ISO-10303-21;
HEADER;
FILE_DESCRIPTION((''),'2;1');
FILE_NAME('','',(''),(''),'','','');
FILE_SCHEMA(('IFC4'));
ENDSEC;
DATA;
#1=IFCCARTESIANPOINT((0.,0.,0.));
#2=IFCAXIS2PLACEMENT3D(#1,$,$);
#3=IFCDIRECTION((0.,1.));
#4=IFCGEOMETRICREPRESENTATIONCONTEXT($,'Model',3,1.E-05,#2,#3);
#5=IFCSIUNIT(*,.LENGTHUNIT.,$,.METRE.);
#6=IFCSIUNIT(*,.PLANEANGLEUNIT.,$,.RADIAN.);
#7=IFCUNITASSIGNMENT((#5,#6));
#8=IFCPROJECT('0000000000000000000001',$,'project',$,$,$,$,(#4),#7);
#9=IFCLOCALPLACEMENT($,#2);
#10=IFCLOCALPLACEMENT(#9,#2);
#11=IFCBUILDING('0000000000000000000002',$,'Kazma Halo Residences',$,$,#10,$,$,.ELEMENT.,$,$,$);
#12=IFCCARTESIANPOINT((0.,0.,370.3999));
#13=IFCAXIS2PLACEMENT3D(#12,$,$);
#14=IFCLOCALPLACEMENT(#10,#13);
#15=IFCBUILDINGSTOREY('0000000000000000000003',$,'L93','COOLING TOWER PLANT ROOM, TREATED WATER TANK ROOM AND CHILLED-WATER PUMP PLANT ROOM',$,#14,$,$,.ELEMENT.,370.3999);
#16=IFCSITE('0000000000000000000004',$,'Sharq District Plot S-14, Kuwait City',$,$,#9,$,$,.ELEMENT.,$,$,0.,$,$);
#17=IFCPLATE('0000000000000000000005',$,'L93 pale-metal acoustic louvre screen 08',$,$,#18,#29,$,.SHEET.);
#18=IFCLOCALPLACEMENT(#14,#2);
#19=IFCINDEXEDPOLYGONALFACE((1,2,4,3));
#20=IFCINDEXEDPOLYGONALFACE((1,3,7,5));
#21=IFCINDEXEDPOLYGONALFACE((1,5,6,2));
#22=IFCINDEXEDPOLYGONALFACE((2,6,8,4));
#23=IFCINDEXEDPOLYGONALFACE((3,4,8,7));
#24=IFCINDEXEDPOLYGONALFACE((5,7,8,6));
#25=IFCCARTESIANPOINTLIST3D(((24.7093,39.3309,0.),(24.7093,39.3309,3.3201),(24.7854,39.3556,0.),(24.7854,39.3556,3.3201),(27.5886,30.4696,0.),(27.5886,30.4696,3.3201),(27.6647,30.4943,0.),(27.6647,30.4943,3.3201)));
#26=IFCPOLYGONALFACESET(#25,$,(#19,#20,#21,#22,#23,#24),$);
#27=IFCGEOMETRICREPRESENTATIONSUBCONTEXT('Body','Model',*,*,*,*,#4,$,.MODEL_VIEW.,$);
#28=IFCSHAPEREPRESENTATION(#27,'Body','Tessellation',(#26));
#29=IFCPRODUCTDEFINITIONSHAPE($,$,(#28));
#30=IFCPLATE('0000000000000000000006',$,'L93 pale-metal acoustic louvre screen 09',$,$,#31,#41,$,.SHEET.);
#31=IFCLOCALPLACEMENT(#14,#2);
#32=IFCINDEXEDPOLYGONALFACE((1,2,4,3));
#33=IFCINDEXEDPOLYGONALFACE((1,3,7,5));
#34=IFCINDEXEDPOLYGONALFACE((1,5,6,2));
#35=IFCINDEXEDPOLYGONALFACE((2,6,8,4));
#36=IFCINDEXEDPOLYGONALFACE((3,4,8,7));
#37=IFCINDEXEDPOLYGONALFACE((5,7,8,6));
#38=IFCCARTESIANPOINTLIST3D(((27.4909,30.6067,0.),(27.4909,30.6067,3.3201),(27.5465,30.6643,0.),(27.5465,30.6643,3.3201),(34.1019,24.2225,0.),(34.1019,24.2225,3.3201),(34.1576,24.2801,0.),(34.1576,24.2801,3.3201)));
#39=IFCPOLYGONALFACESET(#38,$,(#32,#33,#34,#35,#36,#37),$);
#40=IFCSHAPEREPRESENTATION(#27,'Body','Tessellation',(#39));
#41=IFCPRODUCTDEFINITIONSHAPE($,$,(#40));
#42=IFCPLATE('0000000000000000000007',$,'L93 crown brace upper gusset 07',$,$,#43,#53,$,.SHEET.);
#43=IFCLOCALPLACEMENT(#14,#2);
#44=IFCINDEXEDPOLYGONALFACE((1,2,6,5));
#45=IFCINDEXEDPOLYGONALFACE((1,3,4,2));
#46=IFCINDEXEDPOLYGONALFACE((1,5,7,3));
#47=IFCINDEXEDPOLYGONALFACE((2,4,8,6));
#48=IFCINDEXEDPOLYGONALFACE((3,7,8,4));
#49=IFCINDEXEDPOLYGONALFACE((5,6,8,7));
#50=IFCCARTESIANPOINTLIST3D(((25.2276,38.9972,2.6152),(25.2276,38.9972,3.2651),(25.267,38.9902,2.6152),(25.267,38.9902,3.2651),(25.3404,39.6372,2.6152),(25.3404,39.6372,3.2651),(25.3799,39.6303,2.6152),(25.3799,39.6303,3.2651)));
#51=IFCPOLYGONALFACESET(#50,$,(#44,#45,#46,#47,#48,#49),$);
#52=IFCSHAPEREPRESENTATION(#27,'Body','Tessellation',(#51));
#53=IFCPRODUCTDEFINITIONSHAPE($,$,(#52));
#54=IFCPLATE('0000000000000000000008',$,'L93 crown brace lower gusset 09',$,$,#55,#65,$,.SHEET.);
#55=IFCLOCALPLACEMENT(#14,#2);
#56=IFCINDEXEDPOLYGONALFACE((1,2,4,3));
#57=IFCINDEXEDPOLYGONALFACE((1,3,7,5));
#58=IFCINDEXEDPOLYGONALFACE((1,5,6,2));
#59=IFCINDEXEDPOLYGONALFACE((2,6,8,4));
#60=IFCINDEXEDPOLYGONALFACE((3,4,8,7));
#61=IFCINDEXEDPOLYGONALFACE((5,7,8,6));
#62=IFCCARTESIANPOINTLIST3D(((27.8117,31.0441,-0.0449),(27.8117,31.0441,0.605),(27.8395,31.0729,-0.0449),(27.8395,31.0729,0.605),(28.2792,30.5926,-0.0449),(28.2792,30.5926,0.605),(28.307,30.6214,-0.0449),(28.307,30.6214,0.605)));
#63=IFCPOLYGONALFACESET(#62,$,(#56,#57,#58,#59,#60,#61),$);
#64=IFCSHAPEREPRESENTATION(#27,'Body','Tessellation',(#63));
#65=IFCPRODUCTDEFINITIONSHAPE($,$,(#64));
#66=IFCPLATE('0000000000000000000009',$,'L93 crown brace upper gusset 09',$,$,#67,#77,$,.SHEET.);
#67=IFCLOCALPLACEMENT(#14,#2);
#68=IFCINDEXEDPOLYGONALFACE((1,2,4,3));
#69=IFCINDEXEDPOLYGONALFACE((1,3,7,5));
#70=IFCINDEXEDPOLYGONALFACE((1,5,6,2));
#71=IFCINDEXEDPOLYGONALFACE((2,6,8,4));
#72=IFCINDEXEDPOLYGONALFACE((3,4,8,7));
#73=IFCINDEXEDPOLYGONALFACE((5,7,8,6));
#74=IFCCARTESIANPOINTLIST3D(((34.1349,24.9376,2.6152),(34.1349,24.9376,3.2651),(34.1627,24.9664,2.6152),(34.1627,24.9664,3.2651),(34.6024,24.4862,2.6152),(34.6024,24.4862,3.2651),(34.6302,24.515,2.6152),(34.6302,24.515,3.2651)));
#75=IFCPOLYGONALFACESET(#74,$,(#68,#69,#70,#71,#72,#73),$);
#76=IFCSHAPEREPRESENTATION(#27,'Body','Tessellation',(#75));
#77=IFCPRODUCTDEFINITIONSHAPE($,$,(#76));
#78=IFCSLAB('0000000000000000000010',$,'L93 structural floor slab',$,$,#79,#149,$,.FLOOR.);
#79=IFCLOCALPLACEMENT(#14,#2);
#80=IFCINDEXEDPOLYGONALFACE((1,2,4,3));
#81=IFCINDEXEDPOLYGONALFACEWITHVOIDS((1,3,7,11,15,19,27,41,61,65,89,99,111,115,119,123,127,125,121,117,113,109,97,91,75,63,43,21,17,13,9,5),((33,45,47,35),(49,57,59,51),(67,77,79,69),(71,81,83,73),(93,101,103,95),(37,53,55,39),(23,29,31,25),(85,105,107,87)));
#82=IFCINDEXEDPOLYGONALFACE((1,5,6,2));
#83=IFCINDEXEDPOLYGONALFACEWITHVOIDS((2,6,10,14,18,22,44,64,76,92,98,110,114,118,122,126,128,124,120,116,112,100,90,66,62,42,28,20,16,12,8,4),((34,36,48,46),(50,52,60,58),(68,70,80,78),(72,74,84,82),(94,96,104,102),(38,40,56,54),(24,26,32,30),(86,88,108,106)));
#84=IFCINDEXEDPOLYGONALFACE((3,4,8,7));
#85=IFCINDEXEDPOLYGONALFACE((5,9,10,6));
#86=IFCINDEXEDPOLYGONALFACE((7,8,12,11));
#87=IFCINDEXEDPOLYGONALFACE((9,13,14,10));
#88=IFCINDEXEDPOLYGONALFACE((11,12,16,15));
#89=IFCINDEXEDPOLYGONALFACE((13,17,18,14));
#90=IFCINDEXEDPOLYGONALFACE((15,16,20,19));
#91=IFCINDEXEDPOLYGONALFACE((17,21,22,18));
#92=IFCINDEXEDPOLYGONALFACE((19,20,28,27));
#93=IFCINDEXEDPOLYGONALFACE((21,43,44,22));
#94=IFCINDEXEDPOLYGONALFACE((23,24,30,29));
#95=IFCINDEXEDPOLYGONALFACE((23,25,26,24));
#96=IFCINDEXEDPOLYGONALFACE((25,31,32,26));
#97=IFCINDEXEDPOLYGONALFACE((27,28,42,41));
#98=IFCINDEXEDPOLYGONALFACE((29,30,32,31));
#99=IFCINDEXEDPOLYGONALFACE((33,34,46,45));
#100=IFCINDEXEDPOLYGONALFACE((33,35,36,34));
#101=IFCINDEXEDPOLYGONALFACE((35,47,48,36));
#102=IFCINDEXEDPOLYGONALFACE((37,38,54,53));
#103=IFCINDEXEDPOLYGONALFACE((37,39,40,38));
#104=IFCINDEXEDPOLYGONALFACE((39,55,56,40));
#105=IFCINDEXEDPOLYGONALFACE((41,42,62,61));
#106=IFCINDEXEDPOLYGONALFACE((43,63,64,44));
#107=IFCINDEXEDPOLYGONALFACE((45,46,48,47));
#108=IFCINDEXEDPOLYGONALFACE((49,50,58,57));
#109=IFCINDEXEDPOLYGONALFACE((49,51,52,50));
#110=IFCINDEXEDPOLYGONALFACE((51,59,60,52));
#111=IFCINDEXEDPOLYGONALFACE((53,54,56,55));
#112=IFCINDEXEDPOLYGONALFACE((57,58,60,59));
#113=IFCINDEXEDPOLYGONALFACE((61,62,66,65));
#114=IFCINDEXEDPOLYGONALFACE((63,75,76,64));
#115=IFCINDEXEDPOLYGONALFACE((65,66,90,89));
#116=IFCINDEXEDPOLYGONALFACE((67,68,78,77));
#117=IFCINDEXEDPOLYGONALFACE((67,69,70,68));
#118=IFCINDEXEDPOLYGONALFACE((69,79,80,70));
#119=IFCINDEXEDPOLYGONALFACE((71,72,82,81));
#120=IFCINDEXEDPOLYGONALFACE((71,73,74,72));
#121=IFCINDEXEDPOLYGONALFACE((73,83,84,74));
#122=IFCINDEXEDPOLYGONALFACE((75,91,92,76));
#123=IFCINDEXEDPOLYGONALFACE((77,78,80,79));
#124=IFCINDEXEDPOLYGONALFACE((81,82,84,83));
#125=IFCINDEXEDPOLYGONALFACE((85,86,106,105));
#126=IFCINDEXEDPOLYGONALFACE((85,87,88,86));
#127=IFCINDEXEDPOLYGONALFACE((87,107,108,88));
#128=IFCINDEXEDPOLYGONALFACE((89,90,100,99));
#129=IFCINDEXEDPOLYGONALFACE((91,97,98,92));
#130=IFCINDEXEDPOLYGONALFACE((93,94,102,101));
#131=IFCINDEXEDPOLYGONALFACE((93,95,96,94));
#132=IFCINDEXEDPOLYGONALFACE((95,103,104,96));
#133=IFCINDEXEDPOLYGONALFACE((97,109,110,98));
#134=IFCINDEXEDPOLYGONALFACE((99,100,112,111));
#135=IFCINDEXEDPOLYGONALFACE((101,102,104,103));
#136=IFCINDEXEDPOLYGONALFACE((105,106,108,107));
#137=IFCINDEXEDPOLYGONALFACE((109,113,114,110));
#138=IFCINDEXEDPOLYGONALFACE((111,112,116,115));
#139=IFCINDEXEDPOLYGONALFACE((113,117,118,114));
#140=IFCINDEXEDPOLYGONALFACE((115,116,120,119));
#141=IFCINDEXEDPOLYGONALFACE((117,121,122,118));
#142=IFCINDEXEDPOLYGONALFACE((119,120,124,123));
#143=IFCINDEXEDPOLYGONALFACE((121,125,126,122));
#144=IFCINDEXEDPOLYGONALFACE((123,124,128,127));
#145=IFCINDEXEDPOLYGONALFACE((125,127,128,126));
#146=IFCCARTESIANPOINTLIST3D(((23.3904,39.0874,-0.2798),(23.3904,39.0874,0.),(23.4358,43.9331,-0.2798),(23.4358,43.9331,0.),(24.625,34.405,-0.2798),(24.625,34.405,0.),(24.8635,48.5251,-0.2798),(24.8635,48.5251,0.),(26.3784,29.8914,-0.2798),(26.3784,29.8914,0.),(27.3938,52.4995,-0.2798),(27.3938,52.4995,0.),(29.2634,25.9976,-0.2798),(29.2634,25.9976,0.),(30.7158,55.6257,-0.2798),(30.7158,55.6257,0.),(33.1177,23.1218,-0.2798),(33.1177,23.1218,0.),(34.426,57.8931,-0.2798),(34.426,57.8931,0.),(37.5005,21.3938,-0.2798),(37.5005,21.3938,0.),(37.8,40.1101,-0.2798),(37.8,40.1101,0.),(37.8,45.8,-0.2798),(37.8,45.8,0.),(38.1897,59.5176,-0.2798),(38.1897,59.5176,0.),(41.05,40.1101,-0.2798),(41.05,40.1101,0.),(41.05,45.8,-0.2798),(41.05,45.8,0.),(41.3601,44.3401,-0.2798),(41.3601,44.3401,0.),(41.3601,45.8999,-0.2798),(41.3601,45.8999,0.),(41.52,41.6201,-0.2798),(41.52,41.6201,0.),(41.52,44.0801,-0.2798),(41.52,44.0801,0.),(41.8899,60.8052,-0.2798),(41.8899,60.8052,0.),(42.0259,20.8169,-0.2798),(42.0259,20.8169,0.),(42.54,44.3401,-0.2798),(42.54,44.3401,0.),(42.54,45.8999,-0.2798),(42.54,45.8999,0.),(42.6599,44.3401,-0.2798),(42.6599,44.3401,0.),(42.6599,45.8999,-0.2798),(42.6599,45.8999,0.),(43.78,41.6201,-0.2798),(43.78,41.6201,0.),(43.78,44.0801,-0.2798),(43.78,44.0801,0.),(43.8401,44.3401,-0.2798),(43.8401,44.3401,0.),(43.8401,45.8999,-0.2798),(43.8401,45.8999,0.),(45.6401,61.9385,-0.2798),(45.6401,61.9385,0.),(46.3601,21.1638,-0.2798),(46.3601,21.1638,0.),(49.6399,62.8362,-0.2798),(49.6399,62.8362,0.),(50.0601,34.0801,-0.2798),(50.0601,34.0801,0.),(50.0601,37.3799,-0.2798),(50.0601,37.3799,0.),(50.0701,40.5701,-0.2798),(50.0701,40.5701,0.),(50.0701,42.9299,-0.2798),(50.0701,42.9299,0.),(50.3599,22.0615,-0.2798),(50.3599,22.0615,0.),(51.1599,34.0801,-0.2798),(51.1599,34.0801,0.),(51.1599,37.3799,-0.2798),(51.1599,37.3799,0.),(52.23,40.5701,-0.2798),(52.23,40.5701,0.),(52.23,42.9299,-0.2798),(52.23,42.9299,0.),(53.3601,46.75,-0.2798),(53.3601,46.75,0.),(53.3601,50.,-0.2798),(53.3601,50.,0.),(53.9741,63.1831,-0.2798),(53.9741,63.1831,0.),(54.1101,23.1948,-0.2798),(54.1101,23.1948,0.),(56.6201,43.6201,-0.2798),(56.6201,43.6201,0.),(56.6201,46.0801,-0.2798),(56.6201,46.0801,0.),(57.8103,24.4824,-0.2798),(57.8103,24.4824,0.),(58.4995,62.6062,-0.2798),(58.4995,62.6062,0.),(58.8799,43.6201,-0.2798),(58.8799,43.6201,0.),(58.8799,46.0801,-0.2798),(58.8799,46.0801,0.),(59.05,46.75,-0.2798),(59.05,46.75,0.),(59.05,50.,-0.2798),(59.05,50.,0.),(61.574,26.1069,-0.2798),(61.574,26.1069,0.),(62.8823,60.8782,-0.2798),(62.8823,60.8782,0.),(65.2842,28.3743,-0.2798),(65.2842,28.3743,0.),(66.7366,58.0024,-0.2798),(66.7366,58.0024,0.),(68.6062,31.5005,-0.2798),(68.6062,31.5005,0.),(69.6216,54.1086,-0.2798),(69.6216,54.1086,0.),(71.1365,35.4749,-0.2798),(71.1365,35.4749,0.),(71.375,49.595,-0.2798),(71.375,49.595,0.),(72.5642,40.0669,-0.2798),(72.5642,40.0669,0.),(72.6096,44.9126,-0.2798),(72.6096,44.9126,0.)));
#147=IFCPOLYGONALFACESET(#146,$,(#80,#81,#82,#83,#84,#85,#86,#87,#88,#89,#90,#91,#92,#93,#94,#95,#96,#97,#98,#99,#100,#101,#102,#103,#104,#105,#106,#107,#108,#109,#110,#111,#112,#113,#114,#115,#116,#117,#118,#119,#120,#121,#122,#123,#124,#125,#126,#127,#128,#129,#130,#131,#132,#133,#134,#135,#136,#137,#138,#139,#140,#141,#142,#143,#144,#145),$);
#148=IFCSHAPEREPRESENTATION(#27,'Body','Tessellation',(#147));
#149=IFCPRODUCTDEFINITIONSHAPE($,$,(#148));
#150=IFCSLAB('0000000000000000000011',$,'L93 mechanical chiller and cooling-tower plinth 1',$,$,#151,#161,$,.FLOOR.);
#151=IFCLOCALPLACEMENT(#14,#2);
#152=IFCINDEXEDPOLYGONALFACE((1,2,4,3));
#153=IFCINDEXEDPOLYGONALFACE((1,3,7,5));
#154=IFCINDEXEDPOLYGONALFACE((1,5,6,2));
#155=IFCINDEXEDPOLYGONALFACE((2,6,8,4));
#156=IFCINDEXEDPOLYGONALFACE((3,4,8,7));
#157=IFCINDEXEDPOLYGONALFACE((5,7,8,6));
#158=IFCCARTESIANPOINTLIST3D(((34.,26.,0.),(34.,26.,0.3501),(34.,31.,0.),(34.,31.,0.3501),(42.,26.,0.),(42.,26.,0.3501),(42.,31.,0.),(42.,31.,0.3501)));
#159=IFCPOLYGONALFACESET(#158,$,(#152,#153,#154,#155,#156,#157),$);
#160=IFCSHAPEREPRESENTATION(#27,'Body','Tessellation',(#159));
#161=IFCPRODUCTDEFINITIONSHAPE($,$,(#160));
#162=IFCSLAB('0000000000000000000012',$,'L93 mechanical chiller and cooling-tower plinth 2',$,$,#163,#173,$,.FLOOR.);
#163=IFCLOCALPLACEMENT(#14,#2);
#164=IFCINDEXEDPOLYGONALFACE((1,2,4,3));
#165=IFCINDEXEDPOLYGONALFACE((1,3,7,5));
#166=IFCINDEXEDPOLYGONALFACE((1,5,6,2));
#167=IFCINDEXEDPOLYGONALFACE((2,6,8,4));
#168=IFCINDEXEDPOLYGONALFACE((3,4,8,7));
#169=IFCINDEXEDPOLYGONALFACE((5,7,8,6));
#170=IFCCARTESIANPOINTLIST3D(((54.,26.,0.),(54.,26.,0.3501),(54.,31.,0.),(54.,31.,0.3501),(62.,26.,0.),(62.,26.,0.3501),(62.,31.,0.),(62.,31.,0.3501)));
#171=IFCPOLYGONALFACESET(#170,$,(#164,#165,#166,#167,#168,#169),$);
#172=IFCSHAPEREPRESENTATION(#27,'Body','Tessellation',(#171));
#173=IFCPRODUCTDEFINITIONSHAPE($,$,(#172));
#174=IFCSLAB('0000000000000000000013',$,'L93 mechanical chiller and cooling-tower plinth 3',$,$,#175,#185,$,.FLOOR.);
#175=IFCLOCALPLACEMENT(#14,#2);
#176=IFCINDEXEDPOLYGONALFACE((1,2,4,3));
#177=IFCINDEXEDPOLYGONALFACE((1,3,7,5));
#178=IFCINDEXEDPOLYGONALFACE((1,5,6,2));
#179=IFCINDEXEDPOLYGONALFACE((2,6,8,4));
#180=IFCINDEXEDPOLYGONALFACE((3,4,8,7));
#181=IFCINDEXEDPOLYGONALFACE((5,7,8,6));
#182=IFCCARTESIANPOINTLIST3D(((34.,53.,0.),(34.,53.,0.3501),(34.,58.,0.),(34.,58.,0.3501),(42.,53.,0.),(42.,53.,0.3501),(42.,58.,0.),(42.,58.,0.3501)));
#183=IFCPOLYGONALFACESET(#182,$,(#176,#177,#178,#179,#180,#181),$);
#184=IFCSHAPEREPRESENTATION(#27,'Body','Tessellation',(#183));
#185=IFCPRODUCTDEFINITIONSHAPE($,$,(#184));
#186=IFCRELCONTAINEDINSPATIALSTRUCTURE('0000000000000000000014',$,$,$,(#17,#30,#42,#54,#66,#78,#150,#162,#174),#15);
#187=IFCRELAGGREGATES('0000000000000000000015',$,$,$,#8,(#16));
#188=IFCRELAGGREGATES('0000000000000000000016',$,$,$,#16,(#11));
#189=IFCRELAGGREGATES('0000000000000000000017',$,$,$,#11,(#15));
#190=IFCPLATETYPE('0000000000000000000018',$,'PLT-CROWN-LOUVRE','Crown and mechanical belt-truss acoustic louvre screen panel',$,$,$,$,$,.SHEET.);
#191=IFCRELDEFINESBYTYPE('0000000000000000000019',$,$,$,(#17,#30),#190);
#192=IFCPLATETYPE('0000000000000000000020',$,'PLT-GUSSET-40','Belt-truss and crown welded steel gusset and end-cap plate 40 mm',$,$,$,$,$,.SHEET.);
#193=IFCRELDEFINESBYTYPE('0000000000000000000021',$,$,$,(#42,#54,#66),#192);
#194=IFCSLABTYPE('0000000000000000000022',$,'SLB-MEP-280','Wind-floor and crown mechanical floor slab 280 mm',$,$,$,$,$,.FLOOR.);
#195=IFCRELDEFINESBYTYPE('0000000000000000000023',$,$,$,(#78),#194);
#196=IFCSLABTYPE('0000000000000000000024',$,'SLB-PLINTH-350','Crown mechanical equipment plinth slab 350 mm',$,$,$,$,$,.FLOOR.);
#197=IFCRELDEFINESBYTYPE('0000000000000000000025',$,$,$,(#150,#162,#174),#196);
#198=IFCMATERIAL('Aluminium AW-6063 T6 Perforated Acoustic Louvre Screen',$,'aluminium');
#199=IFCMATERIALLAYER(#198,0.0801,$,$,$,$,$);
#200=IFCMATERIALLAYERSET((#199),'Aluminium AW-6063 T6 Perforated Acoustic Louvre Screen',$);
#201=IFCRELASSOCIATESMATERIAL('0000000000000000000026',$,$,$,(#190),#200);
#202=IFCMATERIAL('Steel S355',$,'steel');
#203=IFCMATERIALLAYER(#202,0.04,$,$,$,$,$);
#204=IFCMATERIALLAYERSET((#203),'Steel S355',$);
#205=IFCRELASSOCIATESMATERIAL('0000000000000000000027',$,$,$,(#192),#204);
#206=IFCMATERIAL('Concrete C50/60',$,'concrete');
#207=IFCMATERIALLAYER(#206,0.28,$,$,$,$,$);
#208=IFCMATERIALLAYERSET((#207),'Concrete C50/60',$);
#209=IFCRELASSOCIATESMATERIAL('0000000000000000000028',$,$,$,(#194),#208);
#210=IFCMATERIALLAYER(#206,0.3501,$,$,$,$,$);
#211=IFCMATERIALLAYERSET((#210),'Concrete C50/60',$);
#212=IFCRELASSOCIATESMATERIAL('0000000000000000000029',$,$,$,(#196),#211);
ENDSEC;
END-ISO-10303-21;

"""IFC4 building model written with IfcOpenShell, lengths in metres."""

from ifc_helpers import new_model, si_unit, direction, frame, origin, origin_2d, place, context, subcontext, project, spatial, polyline, rectangle, outline, extrude, material, layer, layer_set, type_object, element, save


model = new_model("IFC4")

# Units and contexts
model_context = context("Model", 3, precision=1e-05, world=origin(), true_north=direction((0.0, 1.0)))
body_context = subcontext(model_context, "Body", "Model", "MODEL_VIEW")
ifc_project = project(units=[si_unit("LENGTHUNIT", "METRE"), si_unit("PLANEANGLEUNIT", "RADIAN")], contexts=[model_context])

# Site, building, storey
site_placement = place(None, origin())
site = spatial("IfcSite", under=ifc_project, at=site_placement, Name="Sharq District Plot S-14, Kuwait City", CompositionType="ELEMENT", RefElevation=0.0)
building_placement = place(site_placement, origin())
building = spatial("IfcBuilding", under=site, at=building_placement, Name="Kazma Halo Residences", CompositionType="ELEMENT")
storey_placement = place(building_placement, frame((0.0, 0.0, 370.3999)))
storey = spatial("IfcBuildingStorey", under=building, at=storey_placement, Name="L93", Description="COOLING TOWER PLANT ROOM, TREATED WATER TANK ROOM AND CHILLED-WATER PUMP PLANT ROOM", CompositionType="ELEMENT", Elevation=370.3999)

# Shared definitions
ifc_material_1 = material(Name="Steel S355", Category="steel")

# Plates
ifc_material_2 = material(Name="Aluminium AW-6063 T6 Perforated Acoustic Louvre Screen", Category="aluminium")
ifc_layer_1 = layer(ifc_material_2, 0.0801)
ifc_layer_set_1 = layer_set([ifc_layer_1], Name="Aluminium AW-6063 T6 Perforated Acoustic Louvre Screen")
plate_type_1 = type_object("IfcPlateType", Name="PLT-CROWN-LOUVRE", Description="Crown and mechanical belt-truss acoustic louvre screen panel", PredefinedType="SHEET", material=ifc_layer_set_1)
plate_1_placement = place(storey_placement, frame((26.187, 34.9126, 0.0), z_axis=(0.0, 0.0, 1.0), x_axis=(0.309023, -0.951055, 0.0)))
element("IfcPlate", 1, at=plate_1_placement, inside=storey, type_object=plate_type_1, Name="L93 pale-metal acoustic louvre screen 08", PredefinedType="SHEET", context=body_context, shape_type="SweptSolid", body=[
    extrude(rectangle(XDim=9.3174, YDim=0.0801, at=origin_2d()), origin(), (0.0, 0.0, 1.0), 3.3201),
])
plate_2_placement = place(storey_placement, frame((30.8242, 27.4434, 0.0), z_axis=(0.0, 0.0, 1.0), x_axis=(0.719342, -0.694656, 0.0)))
element("IfcPlate", 2, at=plate_2_placement, inside=storey, type_object=plate_type_1, Name="L93 pale-metal acoustic louvre screen 09", PredefinedType="SHEET", context=body_context, shape_type="SweptSolid", body=[
    extrude(rectangle(XDim=9.1904, YDim=0.0801, at=origin_2d()), origin(), (0.0, 0.0, 1.0), 3.3201),
])
ifc_layer_2 = layer(ifc_material_1, 0.04)
ifc_layer_set_2 = layer_set([ifc_layer_2], Name="Steel S355")
plate_type_2 = type_object("IfcPlateType", Name="PLT-GUSSET-40", Description="Belt-truss and crown welded steel gusset and end-cap plate 40 mm", PredefinedType="SHEET", material=ifc_layer_set_2)
for number, where, z_axis, x_axis, name in (
    (3, (25.3037, 39.3137, 2.6152), (0.0, 0.0, 1.0), (-0.173656, -0.984806, 0.0), "L93 crown brace upper gusset 07"),
    (4, (28.0593, 30.8328, -0.0449), (0.0, 0.0, 1.0), (0.719342, -0.694656, 0.0), "L93 crown brace lower gusset 09"),
    (5, (34.3826, 24.7263, 2.6152), (0.0, 0.0, 1.0), (0.719342, -0.694656, 0.0), "L93 crown brace upper gusset 09"),
):
    element("IfcPlate", number, at=place(storey_placement, frame(where, z_axis=z_axis, x_axis=x_axis)), inside=storey, type_object=plate_type_2, Name=name, PredefinedType="SHEET", context=body_context, shape_type="SweptSolid", body=[
        extrude(rectangle(XDim=0.6499, YDim=0.04, at=origin_2d()), origin(), (0.0, 0.0, 1.0), 0.6499),
    ])

# Slabs
ifc_material_3 = material(Name="Concrete C50/60", Category="concrete")
ifc_layer_3 = layer(ifc_material_3, 0.28)
ifc_layer_set_3 = layer_set([ifc_layer_3], Name="Concrete C50/60")
slab_type_1 = type_object("IfcSlabType", Name="SLB-MEP-280", Description="Wind-floor and crown mechanical floor slab 280 mm", PredefinedType="FLOOR", material=ifc_layer_set_3)
slab_1_placement = place(storey_placement, frame((0.0, 0.0, -0.2798)))
element("IfcSlab", 6, at=slab_1_placement, inside=storey, type_object=slab_type_1, Name="L93 structural floor slab", PredefinedType="FLOOR", context=body_context, shape_type="SweptSolid", body=[
    extrude(outline(polyline([(71.375, 49.595), (69.6216, 54.1086), (66.7366, 58.0024), (62.8823, 60.8782), (58.4995, 62.6062), (53.9741, 63.1831), (49.6399, 62.8362), (45.6401, 61.9385), (41.8899, 60.8052), (38.1897, 59.5176), (34.426, 57.8931), (30.7158, 55.6257), (27.3938, 52.4995), (24.8635, 48.5251), (23.4358, 43.9331), (23.3904, 39.0874), (24.625, 34.405), (26.3784, 29.8914), (29.2634, 25.9976), (33.1177, 23.1218), (37.5005, 21.3938), (42.0259, 20.8169), (46.3601, 21.1638), (50.3599, 22.0615), (54.1101, 23.1948), (57.8103, 24.4824), (61.574, 26.1069), (65.2842, 28.3743), (68.6062, 31.5005), (71.1365, 35.4749), (72.5642, 40.0669), (72.6096, 44.9126), (71.375, 49.595)]), holes=[polyline([(37.8, 40.1101), (41.05, 40.1101), (41.05, 45.8), (37.8, 45.8), (37.8, 40.1101)]), polyline([(53.3601, 46.75), (59.05, 46.75), (59.05, 50.0), (53.3601, 50.0), (53.3601, 46.75)]), polyline([(41.52, 41.6201), (43.78, 41.6201), (43.78, 44.0801), (41.52, 44.0801), (41.52, 41.6201)]), polyline([(56.6201, 43.6201), (58.8799, 43.6201), (58.8799, 46.0801), (56.6201, 46.0801), (56.6201, 43.6201)]), polyline([(50.0701, 40.5701), (52.23, 40.5701), (52.23, 42.9299), (50.0701, 42.9299), (50.0701, 40.5701)]), polyline([(41.3601, 44.3401), (42.54, 44.3401), (42.54, 45.8999), (41.3601, 45.8999), (41.3601, 44.3401)]), polyline([(42.6599, 44.3401), (43.8401, 44.3401), (43.8401, 45.8999), (42.6599, 45.8999), (42.6599, 44.3401)]), polyline([(50.0601, 34.0801), (51.1599, 34.0801), (51.1599, 37.3799), (50.0601, 37.3799), (50.0601, 34.0801)])]), origin(), (0.0, 0.0, 1.0), 0.2798),
])
ifc_layer_4 = layer(ifc_material_3, 0.3501)
ifc_layer_set_4 = layer_set([ifc_layer_4], Name="Concrete C50/60")
slab_type_2 = type_object("IfcSlabType", Name="SLB-PLINTH-350", Description="Crown mechanical equipment plinth slab 350 mm", PredefinedType="FLOOR", material=ifc_layer_set_4)
slab_2_placement = place(storey_placement, origin())
element("IfcSlab", 7, at=slab_2_placement, inside=storey, type_object=slab_type_2, Name="L93 mechanical chiller and cooling-tower plinth 1", PredefinedType="FLOOR", context=body_context, shape_type="SweptSolid", body=[
    extrude(outline(polyline([(34.0, 26.0), (42.0, 26.0), (42.0, 31.0), (34.0, 31.0), (34.0, 26.0)])), origin(), (0.0, 0.0, 1.0), 0.3501),
])
slab_3_placement = place(storey_placement, origin())
element("IfcSlab", 8, at=slab_3_placement, inside=storey, type_object=slab_type_2, Name="L93 mechanical chiller and cooling-tower plinth 2", PredefinedType="FLOOR", context=body_context, shape_type="SweptSolid", body=[
    extrude(outline(polyline([(54.0, 26.0), (62.0, 26.0), (62.0, 31.0), (54.0, 31.0), (54.0, 26.0)])), origin(), (0.0, 0.0, 1.0), 0.3501),
])
slab_4_placement = place(storey_placement, origin())
element("IfcSlab", 9, at=slab_4_placement, inside=storey, type_object=slab_type_2, Name="L93 mechanical chiller and cooling-tower plinth 3", PredefinedType="FLOOR", context=body_context, shape_type="SweptSolid", body=[
    extrude(outline(polyline([(34.0, 53.0), (42.0, 53.0), (42.0, 58.0), (34.0, 58.0), (34.0, 53.0)])), origin(), (0.0, 0.0, 1.0), 0.3501),
])

save(model, "model.ifc")
